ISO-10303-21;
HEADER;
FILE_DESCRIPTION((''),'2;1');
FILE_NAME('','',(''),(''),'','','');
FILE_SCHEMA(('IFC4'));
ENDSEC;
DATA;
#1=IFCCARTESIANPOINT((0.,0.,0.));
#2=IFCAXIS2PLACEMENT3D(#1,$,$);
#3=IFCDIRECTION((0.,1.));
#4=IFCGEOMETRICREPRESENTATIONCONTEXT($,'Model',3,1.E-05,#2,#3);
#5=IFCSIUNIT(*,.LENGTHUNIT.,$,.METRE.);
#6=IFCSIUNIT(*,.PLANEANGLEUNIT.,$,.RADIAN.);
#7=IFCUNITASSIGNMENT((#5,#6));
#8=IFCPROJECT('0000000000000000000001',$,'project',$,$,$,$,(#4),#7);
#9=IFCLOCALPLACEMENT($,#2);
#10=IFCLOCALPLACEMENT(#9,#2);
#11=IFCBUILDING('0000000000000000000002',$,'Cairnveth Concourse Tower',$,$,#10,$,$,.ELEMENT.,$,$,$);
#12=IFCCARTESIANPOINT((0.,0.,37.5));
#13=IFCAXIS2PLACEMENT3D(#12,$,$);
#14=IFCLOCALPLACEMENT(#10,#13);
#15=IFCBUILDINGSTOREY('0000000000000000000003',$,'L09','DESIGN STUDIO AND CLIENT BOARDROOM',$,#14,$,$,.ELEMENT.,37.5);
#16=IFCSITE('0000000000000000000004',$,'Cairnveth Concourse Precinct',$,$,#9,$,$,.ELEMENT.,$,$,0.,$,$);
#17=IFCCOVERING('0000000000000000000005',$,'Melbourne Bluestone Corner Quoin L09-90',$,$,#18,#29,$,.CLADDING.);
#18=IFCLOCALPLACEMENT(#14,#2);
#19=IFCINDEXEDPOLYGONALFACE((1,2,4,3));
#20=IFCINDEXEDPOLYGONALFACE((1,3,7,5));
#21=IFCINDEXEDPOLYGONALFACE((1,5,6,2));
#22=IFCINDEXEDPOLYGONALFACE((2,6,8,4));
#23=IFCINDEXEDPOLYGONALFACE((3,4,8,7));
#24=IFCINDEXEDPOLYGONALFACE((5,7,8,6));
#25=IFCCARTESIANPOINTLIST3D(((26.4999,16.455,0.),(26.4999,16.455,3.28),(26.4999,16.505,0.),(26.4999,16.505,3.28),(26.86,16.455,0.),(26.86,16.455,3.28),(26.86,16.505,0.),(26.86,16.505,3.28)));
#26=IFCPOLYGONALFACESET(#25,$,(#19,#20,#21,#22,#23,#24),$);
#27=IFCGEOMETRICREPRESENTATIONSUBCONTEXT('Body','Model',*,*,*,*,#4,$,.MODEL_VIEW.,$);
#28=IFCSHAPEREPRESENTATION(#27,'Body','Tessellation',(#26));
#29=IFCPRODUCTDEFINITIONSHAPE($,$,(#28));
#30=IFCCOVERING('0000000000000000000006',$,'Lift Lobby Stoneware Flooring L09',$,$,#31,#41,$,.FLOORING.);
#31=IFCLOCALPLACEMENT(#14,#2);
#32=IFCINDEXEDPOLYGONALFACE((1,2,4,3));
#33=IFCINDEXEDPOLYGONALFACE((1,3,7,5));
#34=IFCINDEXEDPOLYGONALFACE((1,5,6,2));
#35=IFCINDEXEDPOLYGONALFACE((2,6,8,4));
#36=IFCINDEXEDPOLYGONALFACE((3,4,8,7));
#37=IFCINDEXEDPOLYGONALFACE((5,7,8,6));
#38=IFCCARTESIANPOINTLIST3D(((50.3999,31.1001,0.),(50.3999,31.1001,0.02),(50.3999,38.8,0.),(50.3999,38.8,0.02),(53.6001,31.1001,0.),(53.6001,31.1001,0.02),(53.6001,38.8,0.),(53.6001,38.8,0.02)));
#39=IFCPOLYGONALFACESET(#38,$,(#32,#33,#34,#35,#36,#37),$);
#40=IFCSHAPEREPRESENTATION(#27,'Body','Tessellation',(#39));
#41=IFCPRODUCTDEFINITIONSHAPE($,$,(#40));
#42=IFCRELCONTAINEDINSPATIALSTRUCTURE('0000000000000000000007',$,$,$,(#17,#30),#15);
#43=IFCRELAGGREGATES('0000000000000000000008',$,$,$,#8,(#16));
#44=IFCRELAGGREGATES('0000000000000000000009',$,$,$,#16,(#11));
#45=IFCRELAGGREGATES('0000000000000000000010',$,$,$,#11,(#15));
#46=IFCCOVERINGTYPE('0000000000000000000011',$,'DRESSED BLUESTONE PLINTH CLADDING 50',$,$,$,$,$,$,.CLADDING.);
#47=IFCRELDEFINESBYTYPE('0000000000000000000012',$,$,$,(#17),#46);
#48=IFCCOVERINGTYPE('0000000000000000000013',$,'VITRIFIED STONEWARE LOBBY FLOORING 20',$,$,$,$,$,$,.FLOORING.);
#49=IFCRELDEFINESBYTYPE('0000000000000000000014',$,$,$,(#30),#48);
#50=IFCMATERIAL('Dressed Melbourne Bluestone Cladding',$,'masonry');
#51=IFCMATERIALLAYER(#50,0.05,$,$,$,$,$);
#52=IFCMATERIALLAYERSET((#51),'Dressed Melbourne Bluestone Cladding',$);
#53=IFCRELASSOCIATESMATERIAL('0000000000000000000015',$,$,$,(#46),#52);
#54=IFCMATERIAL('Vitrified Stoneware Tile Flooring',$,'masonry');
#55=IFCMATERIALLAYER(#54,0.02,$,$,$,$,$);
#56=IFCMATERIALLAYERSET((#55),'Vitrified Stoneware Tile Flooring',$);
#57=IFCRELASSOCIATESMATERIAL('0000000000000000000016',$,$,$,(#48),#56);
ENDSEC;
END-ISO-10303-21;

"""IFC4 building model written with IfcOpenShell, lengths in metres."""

from ifc_helpers import new_model, si_unit, direction, frame, frame_2d, origin, place, context, subcontext, project, spatial, polyline, rectangle, outline, extrude, material, layer, layer_set, type_object, element, save


model = new_model("IFC4")

# Units and contexts
model_context = context("Model", 3, precision=1e-05, world=origin(), true_north=direction((0.0, 1.0)))
body_context = subcontext(model_context, "Body", "Model", "MODEL_VIEW")
ifc_project = project(units=[si_unit("LENGTHUNIT", "METRE"), si_unit("PLANEANGLEUNIT", "RADIAN")], contexts=[model_context])

# Site, building, storey
site_placement = place(None, origin())
site = spatial("IfcSite", under=ifc_project, at=site_placement, Name="Cairnveth Concourse Precinct", CompositionType="ELEMENT", RefElevation=0.0)
building_placement = place(site_placement, origin())
building = spatial("IfcBuilding", under=site, at=building_placement, Name="Cairnveth Concourse Tower", CompositionType="ELEMENT")
storey_placement = place(building_placement, frame((0.0, 0.0, 37.5)))
storey = spatial("IfcBuildingStorey", under=building, at=storey_placement, Name="L09", Description="DESIGN STUDIO AND CLIENT BOARDROOM", CompositionType="ELEMENT", Elevation=37.5)

# Coverings
ifc_material_1 = material(Name="Dressed Melbourne Bluestone Cladding", Category="masonry")
ifc_layer_1 = layer(ifc_material_1, 0.05)
ifc_layer_set_1 = layer_set([ifc_layer_1], Name="Dressed Melbourne Bluestone Cladding")
covering_type_1 = type_object("IfcCoveringType", Name="DRESSED BLUESTONE PLINTH CLADDING 50", PredefinedType="CLADDING", material=ifc_layer_set_1)
covering_1_placement = place(storey_placement, frame((26.8601, 16.48, 0.0), z_axis=(0.0, 0.0, 1.0), x_axis=(-1.0, 0.0, 0.0)))
element("IfcCovering", 1, at=covering_1_placement, inside=storey, type_object=covering_type_1, Name="Melbourne Bluestone Corner Quoin L09-90", PredefinedType="CLADDING", context=body_context, shape_type="SweptSolid", body=[
    extrude(rectangle(XDim=0.3601, YDim=0.05, at=frame_2d((0.1802, 0.0))), origin(), (0.0, 0.0, 1.0), 3.28),
])
ifc_material_2 = material(Name="Vitrified Stoneware Tile Flooring", Category="masonry")
ifc_layer_2 = layer(ifc_material_2, 0.02)
ifc_layer_set_2 = layer_set([ifc_layer_2], Name="Vitrified Stoneware Tile Flooring")
covering_type_2 = type_object("IfcCoveringType", Name="VITRIFIED STONEWARE LOBBY FLOORING 20", PredefinedType="FLOORING", material=ifc_layer_set_2)
covering_2_placement = place(storey_placement, origin())
element("IfcCovering", 2, at=covering_2_placement, inside=storey, type_object=covering_type_2, Name="Lift Lobby Stoneware Flooring L09", PredefinedType="FLOORING", context=body_context, shape_type="SweptSolid", body=[
    extrude(outline(polyline([(50.3999, 31.1001), (53.6001, 31.1001), (53.6001, 38.8), (50.3999, 38.8), (50.3999, 31.1001)])), origin(), (0.0, 0.0, 1.0), 0.02),
])

save(model, "model.ifc")
